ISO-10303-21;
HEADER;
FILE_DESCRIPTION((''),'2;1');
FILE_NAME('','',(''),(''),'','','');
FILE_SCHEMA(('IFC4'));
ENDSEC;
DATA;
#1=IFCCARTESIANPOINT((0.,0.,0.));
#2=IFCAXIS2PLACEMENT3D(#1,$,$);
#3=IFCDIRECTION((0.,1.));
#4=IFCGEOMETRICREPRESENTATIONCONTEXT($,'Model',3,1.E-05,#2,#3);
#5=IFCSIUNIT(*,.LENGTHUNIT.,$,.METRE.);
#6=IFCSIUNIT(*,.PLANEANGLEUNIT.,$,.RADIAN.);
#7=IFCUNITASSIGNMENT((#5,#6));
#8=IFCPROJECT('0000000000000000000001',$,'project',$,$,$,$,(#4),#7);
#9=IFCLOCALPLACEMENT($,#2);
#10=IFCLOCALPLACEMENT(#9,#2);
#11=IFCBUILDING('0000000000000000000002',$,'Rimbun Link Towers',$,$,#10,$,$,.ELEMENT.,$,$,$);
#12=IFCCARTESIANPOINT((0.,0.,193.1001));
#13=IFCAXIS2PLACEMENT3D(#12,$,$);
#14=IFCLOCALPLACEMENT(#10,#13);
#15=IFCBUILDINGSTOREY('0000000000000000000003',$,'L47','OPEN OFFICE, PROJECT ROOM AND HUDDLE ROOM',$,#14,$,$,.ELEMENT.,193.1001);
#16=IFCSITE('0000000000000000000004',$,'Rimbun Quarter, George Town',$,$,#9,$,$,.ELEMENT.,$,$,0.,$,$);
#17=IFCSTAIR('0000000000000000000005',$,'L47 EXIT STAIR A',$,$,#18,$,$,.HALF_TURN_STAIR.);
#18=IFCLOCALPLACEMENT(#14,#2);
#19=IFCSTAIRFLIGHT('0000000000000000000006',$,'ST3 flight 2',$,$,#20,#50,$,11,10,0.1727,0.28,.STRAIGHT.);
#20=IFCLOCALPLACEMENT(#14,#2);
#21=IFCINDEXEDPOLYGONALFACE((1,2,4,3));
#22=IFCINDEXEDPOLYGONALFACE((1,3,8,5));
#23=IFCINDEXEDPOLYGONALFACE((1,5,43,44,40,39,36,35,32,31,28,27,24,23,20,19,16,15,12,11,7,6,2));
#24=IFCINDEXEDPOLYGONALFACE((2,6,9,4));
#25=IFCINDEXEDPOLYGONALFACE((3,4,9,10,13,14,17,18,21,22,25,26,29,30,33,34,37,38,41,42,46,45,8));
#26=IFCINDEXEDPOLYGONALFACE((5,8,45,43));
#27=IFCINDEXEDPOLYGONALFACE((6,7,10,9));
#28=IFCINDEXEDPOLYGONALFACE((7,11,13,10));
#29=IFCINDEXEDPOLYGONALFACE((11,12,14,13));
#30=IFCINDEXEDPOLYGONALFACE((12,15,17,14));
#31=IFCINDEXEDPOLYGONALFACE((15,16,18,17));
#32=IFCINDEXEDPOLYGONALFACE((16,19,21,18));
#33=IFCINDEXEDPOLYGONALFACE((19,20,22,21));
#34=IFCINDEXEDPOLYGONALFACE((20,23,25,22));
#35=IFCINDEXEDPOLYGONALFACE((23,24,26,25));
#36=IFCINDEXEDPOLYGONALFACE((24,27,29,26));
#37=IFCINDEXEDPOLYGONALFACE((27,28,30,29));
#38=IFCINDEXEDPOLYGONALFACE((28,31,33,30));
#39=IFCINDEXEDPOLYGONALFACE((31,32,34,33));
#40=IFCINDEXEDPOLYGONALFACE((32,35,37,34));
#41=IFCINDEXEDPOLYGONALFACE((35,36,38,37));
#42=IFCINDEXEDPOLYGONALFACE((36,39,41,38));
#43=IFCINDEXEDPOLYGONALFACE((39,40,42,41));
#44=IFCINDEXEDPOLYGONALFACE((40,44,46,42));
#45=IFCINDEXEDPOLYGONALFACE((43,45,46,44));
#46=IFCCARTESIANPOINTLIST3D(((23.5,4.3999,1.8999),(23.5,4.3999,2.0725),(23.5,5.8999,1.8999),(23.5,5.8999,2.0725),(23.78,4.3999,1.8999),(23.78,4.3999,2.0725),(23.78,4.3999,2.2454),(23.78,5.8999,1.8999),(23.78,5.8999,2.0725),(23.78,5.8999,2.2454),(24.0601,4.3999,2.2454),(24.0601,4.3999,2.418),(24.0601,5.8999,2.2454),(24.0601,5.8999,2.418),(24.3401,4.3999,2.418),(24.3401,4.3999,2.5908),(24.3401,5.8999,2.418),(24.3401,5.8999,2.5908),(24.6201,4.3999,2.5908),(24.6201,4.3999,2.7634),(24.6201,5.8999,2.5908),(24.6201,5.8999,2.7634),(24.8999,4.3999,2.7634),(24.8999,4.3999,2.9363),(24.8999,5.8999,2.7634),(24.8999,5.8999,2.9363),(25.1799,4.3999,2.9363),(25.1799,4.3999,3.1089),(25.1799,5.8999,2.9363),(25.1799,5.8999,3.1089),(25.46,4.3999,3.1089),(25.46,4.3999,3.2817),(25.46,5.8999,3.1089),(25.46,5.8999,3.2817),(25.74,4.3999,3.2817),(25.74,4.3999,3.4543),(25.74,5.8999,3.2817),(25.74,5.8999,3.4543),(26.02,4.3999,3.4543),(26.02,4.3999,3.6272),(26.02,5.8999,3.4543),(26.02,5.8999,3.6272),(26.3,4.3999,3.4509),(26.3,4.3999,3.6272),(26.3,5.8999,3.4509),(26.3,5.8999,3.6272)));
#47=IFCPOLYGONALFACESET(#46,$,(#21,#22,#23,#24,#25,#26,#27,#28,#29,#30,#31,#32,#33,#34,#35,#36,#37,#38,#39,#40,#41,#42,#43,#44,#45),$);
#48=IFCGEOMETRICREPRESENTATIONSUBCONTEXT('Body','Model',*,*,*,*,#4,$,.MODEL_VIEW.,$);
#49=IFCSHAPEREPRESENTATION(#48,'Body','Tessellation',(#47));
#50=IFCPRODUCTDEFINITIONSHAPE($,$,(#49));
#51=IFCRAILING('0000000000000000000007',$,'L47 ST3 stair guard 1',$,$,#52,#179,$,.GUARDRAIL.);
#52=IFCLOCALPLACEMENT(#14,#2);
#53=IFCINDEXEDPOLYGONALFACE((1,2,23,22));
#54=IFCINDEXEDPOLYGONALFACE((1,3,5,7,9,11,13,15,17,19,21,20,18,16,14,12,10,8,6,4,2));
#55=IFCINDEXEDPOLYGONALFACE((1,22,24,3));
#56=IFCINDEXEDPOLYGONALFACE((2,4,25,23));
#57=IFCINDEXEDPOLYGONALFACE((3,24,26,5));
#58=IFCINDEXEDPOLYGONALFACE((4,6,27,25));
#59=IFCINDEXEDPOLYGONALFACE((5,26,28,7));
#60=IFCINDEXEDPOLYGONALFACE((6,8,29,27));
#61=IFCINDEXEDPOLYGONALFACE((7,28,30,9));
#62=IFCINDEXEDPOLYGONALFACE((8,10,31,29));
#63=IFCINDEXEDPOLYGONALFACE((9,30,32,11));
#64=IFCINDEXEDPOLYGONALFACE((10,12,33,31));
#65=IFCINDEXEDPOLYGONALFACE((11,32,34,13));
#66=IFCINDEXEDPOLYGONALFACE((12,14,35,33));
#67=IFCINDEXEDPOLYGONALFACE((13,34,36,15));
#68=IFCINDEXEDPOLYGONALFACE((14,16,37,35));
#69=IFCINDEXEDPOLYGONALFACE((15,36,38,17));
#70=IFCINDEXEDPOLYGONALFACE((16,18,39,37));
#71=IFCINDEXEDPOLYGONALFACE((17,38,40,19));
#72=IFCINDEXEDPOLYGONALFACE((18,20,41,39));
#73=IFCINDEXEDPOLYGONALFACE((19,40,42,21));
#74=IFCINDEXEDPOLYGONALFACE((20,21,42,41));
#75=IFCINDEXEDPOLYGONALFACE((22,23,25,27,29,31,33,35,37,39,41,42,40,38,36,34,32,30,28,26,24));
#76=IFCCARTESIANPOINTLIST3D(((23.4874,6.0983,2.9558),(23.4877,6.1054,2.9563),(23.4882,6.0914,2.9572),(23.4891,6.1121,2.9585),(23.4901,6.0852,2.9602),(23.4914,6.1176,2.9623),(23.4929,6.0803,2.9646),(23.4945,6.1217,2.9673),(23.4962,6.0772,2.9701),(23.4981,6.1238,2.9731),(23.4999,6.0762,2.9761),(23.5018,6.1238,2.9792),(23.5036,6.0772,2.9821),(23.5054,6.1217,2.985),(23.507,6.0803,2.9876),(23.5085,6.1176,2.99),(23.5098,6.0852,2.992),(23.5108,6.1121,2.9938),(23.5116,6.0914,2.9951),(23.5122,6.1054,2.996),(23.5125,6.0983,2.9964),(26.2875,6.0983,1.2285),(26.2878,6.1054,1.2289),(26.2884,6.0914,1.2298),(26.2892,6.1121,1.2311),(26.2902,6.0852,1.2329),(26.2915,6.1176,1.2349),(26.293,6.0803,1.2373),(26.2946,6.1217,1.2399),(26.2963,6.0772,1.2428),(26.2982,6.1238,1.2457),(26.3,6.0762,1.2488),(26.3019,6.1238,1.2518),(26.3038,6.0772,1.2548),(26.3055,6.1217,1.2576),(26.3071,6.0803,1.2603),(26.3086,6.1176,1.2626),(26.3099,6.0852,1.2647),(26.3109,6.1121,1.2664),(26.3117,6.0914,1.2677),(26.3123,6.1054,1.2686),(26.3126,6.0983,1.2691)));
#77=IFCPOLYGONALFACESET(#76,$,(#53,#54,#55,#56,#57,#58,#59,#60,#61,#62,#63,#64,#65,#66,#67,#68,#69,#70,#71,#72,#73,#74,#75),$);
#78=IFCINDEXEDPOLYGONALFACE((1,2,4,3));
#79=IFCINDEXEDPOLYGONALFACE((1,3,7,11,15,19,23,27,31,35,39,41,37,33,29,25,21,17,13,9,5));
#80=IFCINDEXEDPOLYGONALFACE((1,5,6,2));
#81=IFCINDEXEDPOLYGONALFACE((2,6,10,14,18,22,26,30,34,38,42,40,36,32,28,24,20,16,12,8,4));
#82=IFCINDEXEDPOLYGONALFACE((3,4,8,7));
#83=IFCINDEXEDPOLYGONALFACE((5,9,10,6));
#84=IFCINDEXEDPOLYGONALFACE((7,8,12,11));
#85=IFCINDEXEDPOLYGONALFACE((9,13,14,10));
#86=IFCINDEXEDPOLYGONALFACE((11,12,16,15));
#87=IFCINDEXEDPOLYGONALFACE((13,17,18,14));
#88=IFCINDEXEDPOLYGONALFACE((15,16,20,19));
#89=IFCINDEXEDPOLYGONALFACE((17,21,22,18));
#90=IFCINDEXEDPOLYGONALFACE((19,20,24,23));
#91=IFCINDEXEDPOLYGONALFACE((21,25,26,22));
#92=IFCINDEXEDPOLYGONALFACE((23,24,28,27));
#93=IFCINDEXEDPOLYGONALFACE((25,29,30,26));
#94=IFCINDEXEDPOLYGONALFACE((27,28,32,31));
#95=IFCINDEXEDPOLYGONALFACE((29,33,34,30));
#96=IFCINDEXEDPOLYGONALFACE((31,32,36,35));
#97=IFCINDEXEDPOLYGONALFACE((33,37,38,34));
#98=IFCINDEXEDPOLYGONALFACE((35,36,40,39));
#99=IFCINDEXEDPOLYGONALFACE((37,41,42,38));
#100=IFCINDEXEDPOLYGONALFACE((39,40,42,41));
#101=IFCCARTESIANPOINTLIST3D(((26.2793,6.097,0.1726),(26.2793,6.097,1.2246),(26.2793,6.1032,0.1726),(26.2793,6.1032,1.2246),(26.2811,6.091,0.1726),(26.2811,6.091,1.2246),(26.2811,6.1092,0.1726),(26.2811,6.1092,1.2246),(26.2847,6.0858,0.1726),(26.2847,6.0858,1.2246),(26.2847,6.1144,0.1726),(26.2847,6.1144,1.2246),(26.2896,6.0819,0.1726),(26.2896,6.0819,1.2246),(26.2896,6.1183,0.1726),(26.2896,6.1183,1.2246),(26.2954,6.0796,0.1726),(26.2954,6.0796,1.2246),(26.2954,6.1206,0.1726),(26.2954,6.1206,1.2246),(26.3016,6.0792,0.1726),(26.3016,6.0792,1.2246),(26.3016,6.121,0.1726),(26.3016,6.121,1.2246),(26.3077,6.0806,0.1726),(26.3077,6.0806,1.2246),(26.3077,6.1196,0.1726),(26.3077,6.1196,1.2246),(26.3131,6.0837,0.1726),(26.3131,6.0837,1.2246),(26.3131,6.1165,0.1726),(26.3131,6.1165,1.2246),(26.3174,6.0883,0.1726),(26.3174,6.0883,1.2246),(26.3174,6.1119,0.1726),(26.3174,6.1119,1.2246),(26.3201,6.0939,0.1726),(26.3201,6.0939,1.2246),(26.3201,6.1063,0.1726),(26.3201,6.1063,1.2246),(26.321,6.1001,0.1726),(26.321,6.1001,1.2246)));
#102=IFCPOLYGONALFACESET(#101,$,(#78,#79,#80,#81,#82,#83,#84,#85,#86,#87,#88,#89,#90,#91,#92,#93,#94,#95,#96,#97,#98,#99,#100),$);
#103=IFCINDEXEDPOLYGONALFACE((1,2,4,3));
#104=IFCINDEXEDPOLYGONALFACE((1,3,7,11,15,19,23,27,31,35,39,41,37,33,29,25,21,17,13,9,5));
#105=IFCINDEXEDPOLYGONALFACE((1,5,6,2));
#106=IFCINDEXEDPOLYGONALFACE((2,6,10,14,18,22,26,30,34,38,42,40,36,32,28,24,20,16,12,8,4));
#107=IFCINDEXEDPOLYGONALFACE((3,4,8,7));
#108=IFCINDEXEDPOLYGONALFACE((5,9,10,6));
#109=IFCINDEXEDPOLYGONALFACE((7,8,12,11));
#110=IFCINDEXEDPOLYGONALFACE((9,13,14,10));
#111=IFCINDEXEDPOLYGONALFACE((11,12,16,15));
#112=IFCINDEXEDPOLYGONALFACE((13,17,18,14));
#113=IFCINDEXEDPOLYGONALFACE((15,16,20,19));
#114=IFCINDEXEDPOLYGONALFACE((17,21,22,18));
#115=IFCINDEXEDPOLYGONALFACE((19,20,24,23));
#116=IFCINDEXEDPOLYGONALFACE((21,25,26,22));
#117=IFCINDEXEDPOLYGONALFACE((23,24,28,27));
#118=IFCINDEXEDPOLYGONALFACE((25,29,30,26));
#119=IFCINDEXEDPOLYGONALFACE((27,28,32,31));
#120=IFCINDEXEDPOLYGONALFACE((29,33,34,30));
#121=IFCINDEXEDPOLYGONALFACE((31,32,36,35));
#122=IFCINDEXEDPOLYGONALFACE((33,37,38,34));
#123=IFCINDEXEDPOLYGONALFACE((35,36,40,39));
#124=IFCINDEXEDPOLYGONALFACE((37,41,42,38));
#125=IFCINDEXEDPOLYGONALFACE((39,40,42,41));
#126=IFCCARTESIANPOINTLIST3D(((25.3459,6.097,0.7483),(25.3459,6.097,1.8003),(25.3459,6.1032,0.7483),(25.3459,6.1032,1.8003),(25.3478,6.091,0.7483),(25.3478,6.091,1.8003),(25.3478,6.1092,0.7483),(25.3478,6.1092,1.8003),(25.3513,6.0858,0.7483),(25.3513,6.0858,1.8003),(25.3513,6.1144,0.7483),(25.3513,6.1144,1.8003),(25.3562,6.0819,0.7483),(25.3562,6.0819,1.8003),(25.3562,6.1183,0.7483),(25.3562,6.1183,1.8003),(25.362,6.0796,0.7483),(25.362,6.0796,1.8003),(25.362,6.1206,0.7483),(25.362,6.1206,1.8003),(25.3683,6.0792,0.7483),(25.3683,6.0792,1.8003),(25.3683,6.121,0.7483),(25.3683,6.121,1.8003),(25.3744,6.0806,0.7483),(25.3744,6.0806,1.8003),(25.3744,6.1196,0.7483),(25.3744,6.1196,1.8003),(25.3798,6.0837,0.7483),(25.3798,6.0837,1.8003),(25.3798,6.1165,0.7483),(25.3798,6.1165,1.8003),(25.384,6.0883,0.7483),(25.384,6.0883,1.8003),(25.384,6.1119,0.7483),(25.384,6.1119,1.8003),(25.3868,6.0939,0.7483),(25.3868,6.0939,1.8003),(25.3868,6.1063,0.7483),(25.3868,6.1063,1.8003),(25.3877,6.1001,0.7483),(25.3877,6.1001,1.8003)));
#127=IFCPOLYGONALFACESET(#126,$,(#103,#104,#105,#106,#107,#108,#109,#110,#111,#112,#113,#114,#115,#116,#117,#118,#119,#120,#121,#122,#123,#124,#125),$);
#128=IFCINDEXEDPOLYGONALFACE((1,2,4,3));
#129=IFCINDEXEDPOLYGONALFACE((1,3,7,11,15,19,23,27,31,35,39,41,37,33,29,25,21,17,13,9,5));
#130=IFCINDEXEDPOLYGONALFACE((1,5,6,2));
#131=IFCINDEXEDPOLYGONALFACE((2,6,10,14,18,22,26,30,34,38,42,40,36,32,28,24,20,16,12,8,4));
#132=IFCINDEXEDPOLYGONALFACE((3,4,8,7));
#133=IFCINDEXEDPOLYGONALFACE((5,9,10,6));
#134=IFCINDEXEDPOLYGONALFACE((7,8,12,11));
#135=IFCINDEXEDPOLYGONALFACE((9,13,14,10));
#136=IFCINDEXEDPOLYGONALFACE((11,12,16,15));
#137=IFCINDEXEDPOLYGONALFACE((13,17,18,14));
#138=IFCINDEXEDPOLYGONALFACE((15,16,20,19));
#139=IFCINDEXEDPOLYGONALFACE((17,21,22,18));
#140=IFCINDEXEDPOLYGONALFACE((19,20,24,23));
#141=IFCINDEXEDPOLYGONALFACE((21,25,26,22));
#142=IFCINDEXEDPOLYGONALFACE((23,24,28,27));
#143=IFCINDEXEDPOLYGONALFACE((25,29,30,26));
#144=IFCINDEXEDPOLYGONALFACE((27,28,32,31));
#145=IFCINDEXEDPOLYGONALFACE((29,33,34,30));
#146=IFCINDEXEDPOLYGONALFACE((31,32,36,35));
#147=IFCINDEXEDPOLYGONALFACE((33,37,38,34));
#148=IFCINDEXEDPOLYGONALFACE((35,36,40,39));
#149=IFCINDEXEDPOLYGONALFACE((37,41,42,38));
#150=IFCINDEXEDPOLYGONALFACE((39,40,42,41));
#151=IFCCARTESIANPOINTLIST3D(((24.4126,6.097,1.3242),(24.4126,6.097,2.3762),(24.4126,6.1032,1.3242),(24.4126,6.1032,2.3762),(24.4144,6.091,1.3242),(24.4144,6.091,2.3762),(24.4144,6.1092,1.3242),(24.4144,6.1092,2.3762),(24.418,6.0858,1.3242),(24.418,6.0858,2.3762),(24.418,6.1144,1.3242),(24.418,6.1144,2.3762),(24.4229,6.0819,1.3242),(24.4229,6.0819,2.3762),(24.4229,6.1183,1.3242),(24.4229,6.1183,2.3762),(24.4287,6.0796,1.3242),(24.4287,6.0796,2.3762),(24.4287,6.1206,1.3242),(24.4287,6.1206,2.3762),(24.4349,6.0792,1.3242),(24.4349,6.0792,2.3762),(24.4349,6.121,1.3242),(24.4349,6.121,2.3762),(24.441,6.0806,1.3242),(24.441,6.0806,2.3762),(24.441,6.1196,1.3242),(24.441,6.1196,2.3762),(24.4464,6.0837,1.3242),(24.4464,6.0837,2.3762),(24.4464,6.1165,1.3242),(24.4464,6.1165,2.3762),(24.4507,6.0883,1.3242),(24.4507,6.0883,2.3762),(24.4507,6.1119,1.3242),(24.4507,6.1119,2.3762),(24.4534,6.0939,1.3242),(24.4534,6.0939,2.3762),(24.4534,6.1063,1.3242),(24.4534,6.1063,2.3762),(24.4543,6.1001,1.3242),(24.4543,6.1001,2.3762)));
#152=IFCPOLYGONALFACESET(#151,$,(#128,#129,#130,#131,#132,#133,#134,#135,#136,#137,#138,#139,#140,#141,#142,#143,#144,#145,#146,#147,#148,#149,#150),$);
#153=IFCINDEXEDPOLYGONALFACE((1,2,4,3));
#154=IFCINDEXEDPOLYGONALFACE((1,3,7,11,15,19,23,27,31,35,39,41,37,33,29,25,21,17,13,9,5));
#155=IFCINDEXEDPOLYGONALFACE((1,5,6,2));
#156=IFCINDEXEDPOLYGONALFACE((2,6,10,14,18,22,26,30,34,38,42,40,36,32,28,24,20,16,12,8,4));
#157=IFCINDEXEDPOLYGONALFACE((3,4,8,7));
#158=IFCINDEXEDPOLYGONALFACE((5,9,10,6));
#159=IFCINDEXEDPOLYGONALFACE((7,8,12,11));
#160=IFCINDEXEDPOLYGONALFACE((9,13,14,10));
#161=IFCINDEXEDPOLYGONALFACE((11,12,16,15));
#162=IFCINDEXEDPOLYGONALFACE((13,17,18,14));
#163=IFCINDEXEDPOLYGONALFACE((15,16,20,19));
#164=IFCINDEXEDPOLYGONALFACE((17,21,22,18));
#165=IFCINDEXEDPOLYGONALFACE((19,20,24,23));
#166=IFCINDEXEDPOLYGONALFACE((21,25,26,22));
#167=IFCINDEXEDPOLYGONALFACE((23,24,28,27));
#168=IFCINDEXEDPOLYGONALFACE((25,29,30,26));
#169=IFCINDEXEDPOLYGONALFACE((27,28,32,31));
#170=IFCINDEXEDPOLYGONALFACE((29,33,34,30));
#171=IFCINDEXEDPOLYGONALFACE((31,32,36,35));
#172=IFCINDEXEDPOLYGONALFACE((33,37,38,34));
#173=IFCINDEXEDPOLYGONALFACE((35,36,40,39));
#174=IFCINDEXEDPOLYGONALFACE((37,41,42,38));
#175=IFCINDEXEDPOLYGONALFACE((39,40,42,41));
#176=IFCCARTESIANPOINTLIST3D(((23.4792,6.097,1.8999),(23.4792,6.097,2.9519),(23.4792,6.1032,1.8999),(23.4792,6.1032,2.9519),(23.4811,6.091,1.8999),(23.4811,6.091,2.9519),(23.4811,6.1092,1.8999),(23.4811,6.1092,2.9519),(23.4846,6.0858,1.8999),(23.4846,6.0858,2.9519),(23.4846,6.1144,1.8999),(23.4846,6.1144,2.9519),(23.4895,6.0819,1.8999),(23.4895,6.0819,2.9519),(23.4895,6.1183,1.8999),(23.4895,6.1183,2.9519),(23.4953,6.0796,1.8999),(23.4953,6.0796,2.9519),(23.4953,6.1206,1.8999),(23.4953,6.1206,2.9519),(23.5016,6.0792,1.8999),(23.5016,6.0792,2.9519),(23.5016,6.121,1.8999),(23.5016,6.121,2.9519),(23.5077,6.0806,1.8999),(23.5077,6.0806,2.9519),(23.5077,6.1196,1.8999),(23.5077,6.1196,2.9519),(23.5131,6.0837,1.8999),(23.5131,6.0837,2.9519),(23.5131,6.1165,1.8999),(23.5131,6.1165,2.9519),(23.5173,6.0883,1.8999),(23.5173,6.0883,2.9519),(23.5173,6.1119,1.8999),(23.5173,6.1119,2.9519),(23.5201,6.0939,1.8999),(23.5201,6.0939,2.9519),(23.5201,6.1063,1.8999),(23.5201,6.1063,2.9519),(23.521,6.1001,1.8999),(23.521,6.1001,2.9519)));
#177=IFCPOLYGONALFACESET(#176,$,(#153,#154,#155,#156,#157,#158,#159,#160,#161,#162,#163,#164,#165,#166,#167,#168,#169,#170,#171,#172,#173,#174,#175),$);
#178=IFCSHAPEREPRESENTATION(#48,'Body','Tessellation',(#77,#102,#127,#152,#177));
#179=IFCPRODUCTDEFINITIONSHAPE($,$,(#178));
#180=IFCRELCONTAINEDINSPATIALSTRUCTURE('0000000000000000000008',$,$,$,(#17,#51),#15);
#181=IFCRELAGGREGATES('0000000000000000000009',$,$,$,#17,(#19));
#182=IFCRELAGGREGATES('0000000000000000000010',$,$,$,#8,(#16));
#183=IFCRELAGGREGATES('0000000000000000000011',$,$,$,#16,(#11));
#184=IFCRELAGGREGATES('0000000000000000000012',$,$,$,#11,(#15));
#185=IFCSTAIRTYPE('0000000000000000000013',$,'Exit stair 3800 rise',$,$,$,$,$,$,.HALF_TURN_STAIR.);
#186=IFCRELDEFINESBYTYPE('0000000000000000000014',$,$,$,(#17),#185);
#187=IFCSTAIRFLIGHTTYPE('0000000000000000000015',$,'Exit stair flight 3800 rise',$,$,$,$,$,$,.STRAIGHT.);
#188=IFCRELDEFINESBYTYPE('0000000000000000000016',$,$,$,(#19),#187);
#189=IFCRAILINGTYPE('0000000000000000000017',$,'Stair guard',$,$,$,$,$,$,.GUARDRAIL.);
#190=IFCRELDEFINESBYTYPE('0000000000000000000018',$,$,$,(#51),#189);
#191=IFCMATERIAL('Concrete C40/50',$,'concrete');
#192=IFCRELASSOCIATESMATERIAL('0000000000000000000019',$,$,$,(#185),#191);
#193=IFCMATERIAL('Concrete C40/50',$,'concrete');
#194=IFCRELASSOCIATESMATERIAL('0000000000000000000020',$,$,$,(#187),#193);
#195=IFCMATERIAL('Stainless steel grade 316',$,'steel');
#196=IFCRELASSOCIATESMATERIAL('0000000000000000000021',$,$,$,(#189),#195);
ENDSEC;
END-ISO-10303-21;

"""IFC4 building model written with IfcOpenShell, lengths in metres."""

from ifc_helpers import new_model, si_unit, direction, frame, origin, origin_2d, place, context, subcontext, project, spatial, polyline, circle, outline, extrude, material, type_object, element, aggregate, save


model = new_model("IFC4")

# Units and contexts
model_context = context("Model", 3, precision=1e-05, world=origin(), true_north=direction((0.0, 1.0)))
body_context = subcontext(model_context, "Body", "Model", "MODEL_VIEW")
ifc_project = project(units=[si_unit("LENGTHUNIT", "METRE"), si_unit("PLANEANGLEUNIT", "RADIAN")], contexts=[model_context])

# Site, building, storey
site_placement = place(None, origin())
site = spatial("IfcSite", under=ifc_project, at=site_placement, Name="Rimbun Quarter, George Town", CompositionType="ELEMENT", RefElevation=0.0)
building_placement = place(site_placement, origin())
building = spatial("IfcBuilding", under=site, at=building_placement, Name="Rimbun Link Towers", CompositionType="ELEMENT")
storey_placement = place(building_placement, frame((0.0, 0.0, 193.1001)))
storey = spatial("IfcBuildingStorey", under=building, at=storey_placement, Name="L47", Description="OPEN OFFICE, PROJECT ROOM AND HUDDLE ROOM", CompositionType="ELEMENT", Elevation=193.1001)

# Stair, stair flight
ifc_material_1 = material(Name="Concrete C40/50", Category="concrete")
stair_type = type_object("IfcStairType", Name="Exit stair 3800 rise", PredefinedType="HALF_TURN_STAIR", material=ifc_material_1)
stair_placement = place(storey_placement, origin())
stair = element("IfcStair", 1, at=stair_placement, inside=storey, type_object=stair_type, Name="L47 EXIT STAIR A", PredefinedType="HALF_TURN_STAIR")
ifc_material_2 = material(Name="Concrete C40/50", Category="concrete")
stair_flight_type = type_object("IfcStairFlightType", Name="Exit stair flight 3800 rise", PredefinedType="STRAIGHT", material=ifc_material_2)
stair_flight_1_placement = place(storey_placement, frame((23.5, 5.1499, 1.8999), z_axis=(0.0, 0.0, 1.0), x_axis=(1.0, 0.0, 0.0)))
stair_flight_1 = element("IfcStairFlight", 2, at=stair_flight_1_placement, type_object=stair_flight_type, Name="ST3 flight 2", NumberOfRisers=11, NumberOfTreads=10, PredefinedType="STRAIGHT", RiserHeight=0.1727, TreadLength=0.28, context=body_context, shape_type="SweptSolid", body=[
    extrude(outline(polyline([(0.0, 0.0), (0.0, 0.1726), (0.28, 0.1726), (0.28, 0.3455), (0.5601, 0.3455), (0.5601, 0.5181), (0.8401, 0.5181), (0.8401, 0.6909), (1.1201, 0.6909), (1.1201, 0.8635), (1.3999, 0.8635), (1.3999, 1.0364), (1.6799, 1.0364), (1.6799, 1.209), (1.96, 1.209), (1.96, 1.3818), (2.24, 1.3818), (2.24, 1.5544), (2.52, 1.5544), (2.52, 1.7273), (2.8, 1.7273), (2.8, 1.8999), (2.8, 1.551), (0.28, 0.0), (0.0, 0.0)])), frame((0.0, 0.75, 0.0), z_axis=(0.0, -1.0, 0.0), x_axis=(1.0, 0.0, 0.0)), (0.0, 0.0, 1.0), 1.5),
])
aggregate(stair, [stair_flight_1])

# Railing
ifc_material_3 = material(Name="Stainless steel grade 316", Category="steel")
railing_type_1 = type_object("IfcRailingType", Name="Stair guard", PredefinedType="GUARDRAIL", material=ifc_material_3)
railing_1_placement = place(storey_placement, frame((26.3, 6.1001, 0.1726)))
element("IfcRailing", 3, at=railing_1_placement, inside=storey, type_object=railing_type_1, Name="L47 ST3 stair guard 1", PredefinedType="GUARDRAIL", context=body_context, shape_type="SweptSolid", body=[
    extrude(circle(Radius=0.0239, at=origin_2d()), frame((0.0, 0.0, 1.0762), z_axis=(-0.85109, 0.0, 0.52502), x_axis=(0.0, -1.0, 0.0)), (0.0, 0.0, 1.0), 3.29),
    extrude(circle(Radius=0.021, at=origin_2d()), origin(), (0.0, 0.0, 1.0), 1.052),
    extrude(circle(Radius=0.021, at=origin_2d()), frame((-0.9333, 0.0, 0.5757)), (0.0, 0.0, 1.0), 1.052),
    extrude(circle(Radius=0.021, at=origin_2d()), frame((-1.8667, 0.0, 1.1516)), (0.0, 0.0, 1.0), 1.052),
    extrude(circle(Radius=0.021, at=origin_2d()), frame((-2.8, 0.0, 1.7273)), (0.0, 0.0, 1.0), 1.052),
])

save(model, "model.ifc")
